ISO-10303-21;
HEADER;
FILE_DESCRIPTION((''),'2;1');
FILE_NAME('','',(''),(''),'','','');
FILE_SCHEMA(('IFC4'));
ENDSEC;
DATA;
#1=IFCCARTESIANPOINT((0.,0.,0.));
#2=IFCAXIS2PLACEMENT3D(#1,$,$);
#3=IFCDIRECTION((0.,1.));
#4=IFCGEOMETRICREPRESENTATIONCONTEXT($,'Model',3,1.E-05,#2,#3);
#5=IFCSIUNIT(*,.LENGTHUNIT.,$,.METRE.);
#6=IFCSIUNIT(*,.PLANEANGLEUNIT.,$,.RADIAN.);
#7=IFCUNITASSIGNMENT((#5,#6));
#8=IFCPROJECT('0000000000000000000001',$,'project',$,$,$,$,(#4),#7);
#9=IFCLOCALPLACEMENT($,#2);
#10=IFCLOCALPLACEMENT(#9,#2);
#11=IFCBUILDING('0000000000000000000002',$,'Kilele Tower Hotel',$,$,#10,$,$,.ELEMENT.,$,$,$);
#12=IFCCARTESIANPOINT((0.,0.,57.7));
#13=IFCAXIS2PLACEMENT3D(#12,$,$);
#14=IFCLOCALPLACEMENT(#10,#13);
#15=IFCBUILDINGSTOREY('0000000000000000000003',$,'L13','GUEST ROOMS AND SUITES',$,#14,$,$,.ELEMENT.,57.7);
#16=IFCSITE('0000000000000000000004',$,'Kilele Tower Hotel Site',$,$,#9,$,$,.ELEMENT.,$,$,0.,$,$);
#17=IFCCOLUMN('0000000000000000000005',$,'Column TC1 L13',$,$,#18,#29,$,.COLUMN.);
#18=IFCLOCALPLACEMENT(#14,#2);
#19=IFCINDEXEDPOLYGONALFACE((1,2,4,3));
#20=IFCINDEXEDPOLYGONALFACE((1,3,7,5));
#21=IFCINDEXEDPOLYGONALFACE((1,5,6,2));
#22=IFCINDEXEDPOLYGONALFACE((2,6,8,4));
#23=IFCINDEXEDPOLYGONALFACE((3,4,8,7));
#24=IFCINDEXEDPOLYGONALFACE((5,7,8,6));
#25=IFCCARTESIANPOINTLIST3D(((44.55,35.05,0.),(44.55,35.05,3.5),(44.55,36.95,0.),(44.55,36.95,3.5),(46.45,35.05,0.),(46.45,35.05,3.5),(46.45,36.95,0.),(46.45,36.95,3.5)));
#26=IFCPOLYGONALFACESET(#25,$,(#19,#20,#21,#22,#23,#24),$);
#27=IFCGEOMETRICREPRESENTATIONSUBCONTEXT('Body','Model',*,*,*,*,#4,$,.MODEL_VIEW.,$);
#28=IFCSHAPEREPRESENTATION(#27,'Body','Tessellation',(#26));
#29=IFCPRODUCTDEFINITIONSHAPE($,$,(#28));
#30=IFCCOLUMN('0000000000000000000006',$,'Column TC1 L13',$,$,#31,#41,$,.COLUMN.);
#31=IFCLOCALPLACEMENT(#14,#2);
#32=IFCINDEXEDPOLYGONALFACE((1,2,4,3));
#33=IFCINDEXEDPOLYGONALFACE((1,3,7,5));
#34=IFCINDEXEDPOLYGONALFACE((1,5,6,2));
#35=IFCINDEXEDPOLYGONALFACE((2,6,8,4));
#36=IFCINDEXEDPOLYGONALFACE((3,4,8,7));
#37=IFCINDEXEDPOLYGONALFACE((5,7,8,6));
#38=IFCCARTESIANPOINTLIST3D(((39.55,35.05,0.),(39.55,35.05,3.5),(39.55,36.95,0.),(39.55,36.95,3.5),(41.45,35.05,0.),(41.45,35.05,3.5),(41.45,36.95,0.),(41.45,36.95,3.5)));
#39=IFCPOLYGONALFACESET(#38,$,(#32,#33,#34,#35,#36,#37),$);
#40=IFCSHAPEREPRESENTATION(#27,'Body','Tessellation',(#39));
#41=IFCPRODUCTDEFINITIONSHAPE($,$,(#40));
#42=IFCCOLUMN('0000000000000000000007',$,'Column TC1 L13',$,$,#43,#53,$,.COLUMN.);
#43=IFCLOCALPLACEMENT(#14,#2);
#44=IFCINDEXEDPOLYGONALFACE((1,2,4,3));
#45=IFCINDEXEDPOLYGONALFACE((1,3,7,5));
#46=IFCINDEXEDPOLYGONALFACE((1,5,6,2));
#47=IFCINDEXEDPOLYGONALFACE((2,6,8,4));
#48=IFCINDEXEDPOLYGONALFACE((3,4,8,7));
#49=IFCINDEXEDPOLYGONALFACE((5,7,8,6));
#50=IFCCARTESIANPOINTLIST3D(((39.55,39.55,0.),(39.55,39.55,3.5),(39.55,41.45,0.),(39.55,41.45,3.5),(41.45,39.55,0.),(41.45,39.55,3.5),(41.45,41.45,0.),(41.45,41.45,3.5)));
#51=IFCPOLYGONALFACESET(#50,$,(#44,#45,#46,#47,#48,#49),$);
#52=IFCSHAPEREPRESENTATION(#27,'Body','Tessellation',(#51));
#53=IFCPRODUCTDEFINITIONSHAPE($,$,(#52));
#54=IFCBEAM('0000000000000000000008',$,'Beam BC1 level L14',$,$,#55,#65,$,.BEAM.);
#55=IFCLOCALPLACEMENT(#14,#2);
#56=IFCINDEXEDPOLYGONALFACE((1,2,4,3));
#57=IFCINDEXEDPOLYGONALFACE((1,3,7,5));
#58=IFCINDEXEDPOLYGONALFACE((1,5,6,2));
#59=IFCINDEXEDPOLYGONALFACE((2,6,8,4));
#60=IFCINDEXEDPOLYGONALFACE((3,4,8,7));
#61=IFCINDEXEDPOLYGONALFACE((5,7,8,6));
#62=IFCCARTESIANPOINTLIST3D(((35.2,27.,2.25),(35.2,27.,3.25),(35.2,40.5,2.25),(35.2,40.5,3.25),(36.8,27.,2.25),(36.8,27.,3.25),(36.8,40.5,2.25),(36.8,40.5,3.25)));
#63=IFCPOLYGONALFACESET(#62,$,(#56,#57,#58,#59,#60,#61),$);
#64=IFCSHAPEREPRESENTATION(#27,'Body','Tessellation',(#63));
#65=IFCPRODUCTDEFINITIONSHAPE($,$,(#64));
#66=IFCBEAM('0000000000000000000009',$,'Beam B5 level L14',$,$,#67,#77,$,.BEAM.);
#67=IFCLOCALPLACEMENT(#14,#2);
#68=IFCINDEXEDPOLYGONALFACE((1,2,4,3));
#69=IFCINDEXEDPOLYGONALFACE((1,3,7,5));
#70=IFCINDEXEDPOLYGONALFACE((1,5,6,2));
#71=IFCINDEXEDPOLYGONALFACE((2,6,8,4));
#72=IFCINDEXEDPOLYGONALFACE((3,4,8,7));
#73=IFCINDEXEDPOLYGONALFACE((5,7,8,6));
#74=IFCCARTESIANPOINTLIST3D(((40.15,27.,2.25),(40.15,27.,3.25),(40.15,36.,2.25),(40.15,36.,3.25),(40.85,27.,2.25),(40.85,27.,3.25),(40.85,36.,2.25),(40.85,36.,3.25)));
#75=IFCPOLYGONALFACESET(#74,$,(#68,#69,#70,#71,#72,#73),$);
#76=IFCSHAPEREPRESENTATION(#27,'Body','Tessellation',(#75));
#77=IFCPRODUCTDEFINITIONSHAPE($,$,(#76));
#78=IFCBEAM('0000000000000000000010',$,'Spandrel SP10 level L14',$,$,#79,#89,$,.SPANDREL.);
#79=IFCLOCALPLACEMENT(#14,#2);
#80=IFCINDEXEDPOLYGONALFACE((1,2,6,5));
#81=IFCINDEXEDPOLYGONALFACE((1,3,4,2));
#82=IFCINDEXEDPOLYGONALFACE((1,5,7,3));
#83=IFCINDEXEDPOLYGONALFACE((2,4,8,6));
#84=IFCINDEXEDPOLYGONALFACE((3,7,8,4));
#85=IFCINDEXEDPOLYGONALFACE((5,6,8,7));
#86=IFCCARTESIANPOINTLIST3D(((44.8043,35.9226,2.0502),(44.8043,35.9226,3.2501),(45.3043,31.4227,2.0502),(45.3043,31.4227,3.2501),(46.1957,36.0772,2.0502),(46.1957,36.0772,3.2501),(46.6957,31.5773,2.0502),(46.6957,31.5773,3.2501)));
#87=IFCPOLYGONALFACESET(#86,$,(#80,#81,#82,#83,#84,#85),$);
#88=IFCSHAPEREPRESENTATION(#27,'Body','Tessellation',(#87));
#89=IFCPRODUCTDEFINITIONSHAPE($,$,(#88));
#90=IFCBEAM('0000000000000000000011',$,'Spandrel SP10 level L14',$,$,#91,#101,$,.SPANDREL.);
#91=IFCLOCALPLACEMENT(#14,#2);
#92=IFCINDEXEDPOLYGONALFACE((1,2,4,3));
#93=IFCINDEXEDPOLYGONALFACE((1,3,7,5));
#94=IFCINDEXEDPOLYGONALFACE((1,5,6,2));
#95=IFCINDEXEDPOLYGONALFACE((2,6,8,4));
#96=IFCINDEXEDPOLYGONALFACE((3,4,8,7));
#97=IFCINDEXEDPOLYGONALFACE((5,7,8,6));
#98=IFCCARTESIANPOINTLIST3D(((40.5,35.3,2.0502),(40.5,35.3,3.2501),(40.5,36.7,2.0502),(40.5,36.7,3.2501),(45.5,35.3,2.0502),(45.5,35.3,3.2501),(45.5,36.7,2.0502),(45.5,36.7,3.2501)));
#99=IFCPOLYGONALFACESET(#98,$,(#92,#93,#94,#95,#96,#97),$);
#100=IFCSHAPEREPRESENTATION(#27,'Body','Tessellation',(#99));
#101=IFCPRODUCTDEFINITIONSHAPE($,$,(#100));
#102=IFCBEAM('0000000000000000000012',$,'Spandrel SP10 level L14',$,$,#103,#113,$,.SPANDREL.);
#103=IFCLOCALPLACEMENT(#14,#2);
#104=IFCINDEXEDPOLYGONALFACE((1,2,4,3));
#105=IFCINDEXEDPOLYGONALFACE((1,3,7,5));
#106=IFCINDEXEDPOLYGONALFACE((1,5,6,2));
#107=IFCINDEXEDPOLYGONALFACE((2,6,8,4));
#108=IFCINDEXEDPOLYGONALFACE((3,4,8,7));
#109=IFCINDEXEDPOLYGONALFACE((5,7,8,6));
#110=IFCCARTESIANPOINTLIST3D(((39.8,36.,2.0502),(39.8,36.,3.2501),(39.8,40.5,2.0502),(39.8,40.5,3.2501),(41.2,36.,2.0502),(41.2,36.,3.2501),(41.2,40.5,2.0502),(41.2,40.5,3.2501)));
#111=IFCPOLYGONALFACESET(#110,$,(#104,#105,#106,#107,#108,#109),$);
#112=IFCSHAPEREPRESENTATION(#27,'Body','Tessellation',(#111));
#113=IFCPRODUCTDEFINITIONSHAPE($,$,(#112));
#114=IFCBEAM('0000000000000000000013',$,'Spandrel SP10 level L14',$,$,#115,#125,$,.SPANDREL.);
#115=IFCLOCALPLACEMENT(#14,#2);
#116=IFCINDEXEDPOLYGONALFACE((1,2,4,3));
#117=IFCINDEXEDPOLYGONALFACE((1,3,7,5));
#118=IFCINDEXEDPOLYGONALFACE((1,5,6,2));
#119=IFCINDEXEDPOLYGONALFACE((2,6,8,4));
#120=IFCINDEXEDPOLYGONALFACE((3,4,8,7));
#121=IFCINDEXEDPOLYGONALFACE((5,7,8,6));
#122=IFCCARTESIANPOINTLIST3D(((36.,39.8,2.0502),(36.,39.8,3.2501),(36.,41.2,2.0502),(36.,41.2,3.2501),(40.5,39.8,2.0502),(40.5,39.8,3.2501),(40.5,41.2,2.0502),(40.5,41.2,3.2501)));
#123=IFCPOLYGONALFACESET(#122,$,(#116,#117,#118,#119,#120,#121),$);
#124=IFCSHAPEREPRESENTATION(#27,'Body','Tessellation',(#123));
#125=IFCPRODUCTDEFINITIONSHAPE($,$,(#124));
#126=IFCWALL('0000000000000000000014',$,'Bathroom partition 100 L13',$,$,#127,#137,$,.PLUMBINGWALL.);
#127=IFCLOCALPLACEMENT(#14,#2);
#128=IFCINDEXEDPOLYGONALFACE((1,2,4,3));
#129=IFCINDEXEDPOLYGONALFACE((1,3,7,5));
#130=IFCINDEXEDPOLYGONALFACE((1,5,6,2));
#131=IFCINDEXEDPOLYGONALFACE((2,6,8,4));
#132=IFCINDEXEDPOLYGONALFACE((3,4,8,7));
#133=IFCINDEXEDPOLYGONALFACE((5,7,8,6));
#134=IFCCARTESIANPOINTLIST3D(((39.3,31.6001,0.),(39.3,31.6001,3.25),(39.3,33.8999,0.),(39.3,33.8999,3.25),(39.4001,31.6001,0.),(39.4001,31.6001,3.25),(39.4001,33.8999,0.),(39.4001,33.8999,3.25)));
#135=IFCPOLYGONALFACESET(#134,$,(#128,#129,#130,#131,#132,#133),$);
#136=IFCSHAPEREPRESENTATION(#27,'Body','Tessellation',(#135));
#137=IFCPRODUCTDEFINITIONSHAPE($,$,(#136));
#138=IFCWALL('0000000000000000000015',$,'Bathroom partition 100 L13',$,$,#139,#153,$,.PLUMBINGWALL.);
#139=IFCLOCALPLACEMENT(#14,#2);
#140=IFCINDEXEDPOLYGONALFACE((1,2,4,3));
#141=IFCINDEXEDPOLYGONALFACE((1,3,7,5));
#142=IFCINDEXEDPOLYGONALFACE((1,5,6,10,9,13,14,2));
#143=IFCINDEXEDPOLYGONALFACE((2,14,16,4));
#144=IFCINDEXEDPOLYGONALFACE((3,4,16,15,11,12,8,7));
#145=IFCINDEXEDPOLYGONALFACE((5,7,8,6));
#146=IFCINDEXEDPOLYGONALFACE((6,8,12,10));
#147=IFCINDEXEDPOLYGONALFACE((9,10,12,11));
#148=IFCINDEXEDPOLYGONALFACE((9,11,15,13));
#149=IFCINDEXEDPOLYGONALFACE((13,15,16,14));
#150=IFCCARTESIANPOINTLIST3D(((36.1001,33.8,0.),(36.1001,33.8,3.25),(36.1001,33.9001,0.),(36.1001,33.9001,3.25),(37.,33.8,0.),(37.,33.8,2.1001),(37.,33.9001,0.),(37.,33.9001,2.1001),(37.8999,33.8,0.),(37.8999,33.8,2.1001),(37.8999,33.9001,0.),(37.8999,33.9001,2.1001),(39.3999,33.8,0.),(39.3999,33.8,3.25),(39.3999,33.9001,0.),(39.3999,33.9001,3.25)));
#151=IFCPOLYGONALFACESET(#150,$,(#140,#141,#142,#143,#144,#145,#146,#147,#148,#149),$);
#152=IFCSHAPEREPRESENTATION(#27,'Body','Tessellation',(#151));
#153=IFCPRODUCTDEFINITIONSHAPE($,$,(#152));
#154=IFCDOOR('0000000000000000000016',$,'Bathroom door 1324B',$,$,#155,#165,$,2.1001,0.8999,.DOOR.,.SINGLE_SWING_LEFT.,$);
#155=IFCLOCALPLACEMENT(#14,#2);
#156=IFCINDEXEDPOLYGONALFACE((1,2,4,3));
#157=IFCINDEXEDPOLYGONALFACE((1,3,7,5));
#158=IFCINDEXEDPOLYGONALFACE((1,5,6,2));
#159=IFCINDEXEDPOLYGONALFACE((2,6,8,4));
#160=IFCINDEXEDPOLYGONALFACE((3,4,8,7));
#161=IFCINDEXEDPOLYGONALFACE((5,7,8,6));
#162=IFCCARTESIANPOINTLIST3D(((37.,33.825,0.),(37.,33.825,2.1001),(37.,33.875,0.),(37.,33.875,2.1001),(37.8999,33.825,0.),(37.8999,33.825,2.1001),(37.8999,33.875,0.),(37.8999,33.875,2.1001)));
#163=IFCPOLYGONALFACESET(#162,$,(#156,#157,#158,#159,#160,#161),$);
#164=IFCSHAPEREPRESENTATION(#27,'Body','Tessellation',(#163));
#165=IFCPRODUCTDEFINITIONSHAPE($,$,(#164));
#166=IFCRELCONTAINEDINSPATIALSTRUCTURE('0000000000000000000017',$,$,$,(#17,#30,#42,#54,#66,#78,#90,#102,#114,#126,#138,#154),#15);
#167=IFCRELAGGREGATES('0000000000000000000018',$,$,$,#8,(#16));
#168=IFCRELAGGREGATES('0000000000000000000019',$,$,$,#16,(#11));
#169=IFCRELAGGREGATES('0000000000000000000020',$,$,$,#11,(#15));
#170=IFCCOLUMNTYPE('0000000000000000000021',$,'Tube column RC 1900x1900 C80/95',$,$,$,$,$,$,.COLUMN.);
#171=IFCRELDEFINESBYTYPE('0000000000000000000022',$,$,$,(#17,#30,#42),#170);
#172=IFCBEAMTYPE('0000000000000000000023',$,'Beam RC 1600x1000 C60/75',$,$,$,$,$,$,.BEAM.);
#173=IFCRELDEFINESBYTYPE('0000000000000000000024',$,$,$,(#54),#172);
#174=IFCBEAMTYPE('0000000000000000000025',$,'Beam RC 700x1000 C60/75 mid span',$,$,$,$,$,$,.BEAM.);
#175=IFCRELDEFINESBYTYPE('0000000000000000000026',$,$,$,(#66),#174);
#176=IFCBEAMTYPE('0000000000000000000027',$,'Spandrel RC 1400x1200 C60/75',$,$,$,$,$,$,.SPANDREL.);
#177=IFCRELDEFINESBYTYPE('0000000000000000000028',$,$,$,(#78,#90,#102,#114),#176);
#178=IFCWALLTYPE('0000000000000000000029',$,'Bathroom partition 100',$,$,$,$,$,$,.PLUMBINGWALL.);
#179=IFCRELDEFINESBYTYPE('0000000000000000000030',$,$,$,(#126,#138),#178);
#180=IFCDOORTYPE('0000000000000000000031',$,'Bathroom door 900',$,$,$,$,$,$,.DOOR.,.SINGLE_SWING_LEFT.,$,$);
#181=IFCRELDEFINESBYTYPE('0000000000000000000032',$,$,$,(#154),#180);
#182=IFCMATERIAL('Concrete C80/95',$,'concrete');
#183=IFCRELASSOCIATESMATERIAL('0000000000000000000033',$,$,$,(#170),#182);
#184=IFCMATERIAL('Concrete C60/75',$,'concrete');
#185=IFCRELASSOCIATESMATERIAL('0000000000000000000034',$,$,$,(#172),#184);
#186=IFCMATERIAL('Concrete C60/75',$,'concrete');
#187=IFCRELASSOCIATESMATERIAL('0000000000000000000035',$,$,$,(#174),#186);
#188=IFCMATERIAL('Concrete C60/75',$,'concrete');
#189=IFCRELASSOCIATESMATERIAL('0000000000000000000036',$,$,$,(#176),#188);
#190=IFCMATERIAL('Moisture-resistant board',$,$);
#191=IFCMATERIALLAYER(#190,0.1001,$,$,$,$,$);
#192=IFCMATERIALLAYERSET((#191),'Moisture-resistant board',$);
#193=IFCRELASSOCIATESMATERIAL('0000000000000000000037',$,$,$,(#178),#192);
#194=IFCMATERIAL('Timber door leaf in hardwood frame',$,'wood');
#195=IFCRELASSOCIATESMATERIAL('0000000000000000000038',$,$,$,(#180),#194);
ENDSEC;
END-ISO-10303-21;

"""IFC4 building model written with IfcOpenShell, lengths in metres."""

from ifc_helpers import new_model, si_unit, direction, frame, frame_2d, origin, origin_2d, place, context, subcontext, project, spatial, rectangle, extrude, material, layer, layer_set, material_profile, profile_set, type_object, element, fill, save


model = new_model("IFC4")

# Units and contexts
model_context = context("Model", 3, precision=1e-05, world=origin(), true_north=direction((0.0, 1.0)))
body_context = subcontext(model_context, "Body", "Model", "MODEL_VIEW")
ifc_project = project(units=[si_unit("LENGTHUNIT", "METRE"), si_unit("PLANEANGLEUNIT", "RADIAN")], contexts=[model_context])

# Site, building, storey
site_placement = place(None, origin())
site = spatial("IfcSite", under=ifc_project, at=site_placement, Name="Kilele Tower Hotel Site", CompositionType="ELEMENT", RefElevation=0.0)
building_placement = place(site_placement, origin())
building = spatial("IfcBuilding", under=site, at=building_placement, Name="Kilele Tower Hotel", CompositionType="ELEMENT")
storey_placement = place(building_placement, frame((0.0, 0.0, 57.7)))
storey = spatial("IfcBuildingStorey", under=building, at=storey_placement, Name="L13", Description="GUEST ROOMS AND SUITES", CompositionType="ELEMENT", Elevation=57.7)

# Columns
ifc_material_1 = material(Name="Concrete C80/95", Category="concrete")
ifc_material_profile_1 = material_profile(ifc_material_1, rectangle(XDim=1.8999, YDim=1.8999, at=origin_2d()))
ifc_profile_set_1 = profile_set([ifc_material_profile_1], Name="Concrete C80/95")
column_type = type_object("IfcColumnType", Name="Tube column RC 1900x1900 C80/95", PredefinedType="COLUMN", material=ifc_profile_set_1)
for number, where, z_axis, x_axis, name in (
    (1, (45.5, 36.0, 0.0), (0.0, 0.0, 1.0), (1.0, 0.0, 0.0), "Column TC1 L13"),
    (2, (40.5, 36.0, 0.0), (0.0, 0.0, 1.0), (1.0, 0.0, 0.0), "Column TC1 L13"),
    (3, (40.5, 40.5, 0.0), (0.0, 0.0, 1.0), (1.0, 0.0, 0.0), "Column TC1 L13"),
):
    element("IfcColumn", number, at=place(storey_placement, frame(where, z_axis=z_axis, x_axis=x_axis)), inside=storey, type_object=column_type, Name=name, PredefinedType="COLUMN", context=body_context, shape_type="SweptSolid", body=[
        extrude(rectangle(XDim=1.8999, YDim=1.8999, at=origin_2d()), origin(), (0.0, 0.0, 1.0), 3.5),
    ])

# Beams
ifc_material_2 = material(Name="Concrete C60/75", Category="concrete")
ifc_material_profile_2 = material_profile(ifc_material_2, rectangle(XDim=1.6001, YDim=1.0, at=origin_2d()))
ifc_profile_set_2 = profile_set([ifc_material_profile_2], Name="Concrete C60/75")
beam_type_1 = type_object("IfcBeamType", Name="Beam RC 1600x1000 C60/75", PredefinedType="BEAM", material=ifc_profile_set_2)
beam_1_placement = place(storey_placement, frame((36.0, 40.5, 2.75), z_axis=(0.0, -1.0, 0.0), x_axis=(1.0, 0.0, 0.0)))
element("IfcBeam", 4, at=beam_1_placement, inside=storey, type_object=beam_type_1, Name="Beam BC1 level L14", PredefinedType="BEAM", context=body_context, shape_type="SweptSolid", body=[
    extrude(rectangle(XDim=1.6001, YDim=1.0, at=origin_2d()), origin(), (0.0, 0.0, 1.0), 13.5),
])
ifc_material_3 = material(Name="Concrete C60/75", Category="concrete")
ifc_material_profile_3 = material_profile(ifc_material_3, rectangle(XDim=0.7, YDim=1.0, at=origin_2d()))
ifc_profile_set_3 = profile_set([ifc_material_profile_3], Name="Concrete C60/75")
beam_type_2 = type_object("IfcBeamType", Name="Beam RC 700x1000 C60/75 mid span", PredefinedType="BEAM", material=ifc_profile_set_3)
beam_2_placement = place(storey_placement, frame((40.5, 36.0, 2.75), z_axis=(0.0, -1.0, 0.0), x_axis=(1.0, 0.0, 0.0)))
element("IfcBeam", 5, at=beam_2_placement, inside=storey, type_object=beam_type_2, Name="Beam B5 level L14", PredefinedType="BEAM", context=body_context, shape_type="SweptSolid", body=[
    extrude(rectangle(XDim=0.7, YDim=1.0, at=origin_2d()), origin(), (0.0, 0.0, 1.0), 9.0),
])
ifc_material_4 = material(Name="Concrete C60/75", Category="concrete")
ifc_material_profile_4 = material_profile(ifc_material_4, rectangle(XDim=1.3999, YDim=1.2, at=origin_2d()))
ifc_profile_set_4 = profile_set([ifc_material_profile_4], Name="Concrete C60/75")
beam_type_3 = type_object("IfcBeamType", Name="Spandrel RC 1400x1200 C60/75", PredefinedType="SPANDREL", material=ifc_profile_set_4)
beam_3_placement = place(storey_placement, frame((46.0, 31.5, 2.6501), z_axis=(-0.110432, 0.993884, 0.0), x_axis=(-0.993884, -0.110432, 0.0)))
element("IfcBeam", 6, at=beam_3_placement, inside=storey, type_object=beam_type_3, Name="Spandrel SP10 level L14", PredefinedType="SPANDREL", context=body_context, shape_type="SweptSolid", body=[
    extrude(rectangle(XDim=1.3999, YDim=1.2, at=origin_2d()), origin(), (0.0, 0.0, 1.0), 4.5276),
])
beam_4_placement = place(storey_placement, frame((45.5, 36.0, 2.6501), z_axis=(-1.0, 0.0, 0.0), x_axis=(0.0, -1.0, 0.0)))
element("IfcBeam", 7, at=beam_4_placement, inside=storey, type_object=beam_type_3, Name="Spandrel SP10 level L14", PredefinedType="SPANDREL", context=body_context, shape_type="SweptSolid", body=[
    extrude(rectangle(XDim=1.3999, YDim=1.2, at=origin_2d()), origin(), (0.0, 0.0, 1.0), 5.0),
])
for number, where, z_axis, x_axis, name in (
    (8, (40.5, 36.0, 2.6501), (0.0, 1.0, 0.0), (-1.0, 0.0, 0.0), "Spandrel SP10 level L14"),
    (9, (40.5, 40.5, 2.6501), (-1.0, 0.0, 0.0), (0.0, -1.0, 0.0), "Spandrel SP10 level L14"),
):
    element("IfcBeam", number, at=place(storey_placement, frame(where, z_axis=z_axis, x_axis=x_axis)), inside=storey, type_object=beam_type_3, Name=name, PredefinedType="SPANDREL", context=body_context, shape_type="SweptSolid", body=[
        extrude(rectangle(XDim=1.3999, YDim=1.2, at=origin_2d()), origin(), (0.0, 0.0, 1.0), 4.5),
    ])

# Wall
ifc_material_5 = material(Name="Moisture-resistant board")
ifc_layer_1 = layer(ifc_material_5, 0.1001)
ifc_layer_set_1 = layer_set([ifc_layer_1], Name="Moisture-resistant board")
wall_type_1 = type_object("IfcWallType", Name="Bathroom partition 100", PredefinedType="PLUMBINGWALL", material=ifc_layer_set_1)
wall_1_placement = place(storey_placement, frame((39.3501, 31.6001, 0.0), z_axis=(0.0, 0.0, 1.0), x_axis=(0.0, 1.0, 0.0)))
element("IfcWall", 10, at=wall_1_placement, inside=storey, type_object=wall_type_1, Name="Bathroom partition 100 L13", PredefinedType="PLUMBINGWALL", context=body_context, shape_type="SweptSolid", body=[
    extrude(rectangle(XDim=2.2998, YDim=0.1001, at=frame_2d((1.1499, 0.0))), origin(), (0.0, 0.0, 1.0), 3.25),
])

# Wall, opening, door
wall_2_placement = place(storey_placement, frame((36.1001, 33.8501, 0.0), z_axis=(0.0, 0.0, 1.0), x_axis=(1.0, 0.0, 0.0)))
wall_2 = element("IfcWall", 11, at=wall_2_placement, inside=storey, type_object=wall_type_1, Name="Bathroom partition 100 L13", PredefinedType="PLUMBINGWALL", context=body_context, shape_type="SweptSolid", body=[
    extrude(rectangle(XDim=3.2998, YDim=0.1001, at=frame_2d((1.6499, 0.0))), origin(), (0.0, 0.0, 1.0), 3.25),
])
opening_1_placement = place(wall_2_placement, frame((0.8999, 0.0, 0.0)))
opening_1 = element("IfcOpeningElement", 12, at=opening_1_placement, cuts=wall_2, PredefinedType="OPENING", context=body_context, shape_type="SweptSolid", body=[
    extrude(rectangle(XDim=0.8999, YDim=2.1001, at=frame_2d((0.45, 1.05))), frame((0.0, 0.0601, 0.0), z_axis=(0.0, -1.0, 0.0), x_axis=(1.0, 0.0, 0.0)), (0.0, 0.0, 1.0), 0.1201),
])
ifc_material_6 = material(Name="Timber door leaf in hardwood frame", Category="wood")
door_type_1 = type_object("IfcDoorType", Name="Bathroom door 900", OperationType="SINGLE_SWING_LEFT", PredefinedType="DOOR", material=ifc_material_6)
door_1_placement = place(opening_1_placement, origin())
door_1 = element("IfcDoor", 13, at=door_1_placement, inside=storey, type_object=door_type_1, Name="Bathroom door 1324B", OperationType="SINGLE_SWING_LEFT", OverallHeight=2.1001, OverallWidth=0.8999, PredefinedType="DOOR", context=body_context, shape_type="SweptSolid", body=[
    extrude(rectangle(XDim=0.8999, YDim=2.1001, at=frame_2d((0.45, 1.05))), frame((0.0, 0.0249, 0.0), z_axis=(0.0, -1.0, 0.0), x_axis=(1.0, 0.0, 0.0)), (0.0, 0.0, 1.0), 0.05),
])
fill(opening_1, door_1)

save(model, "model.ifc")
